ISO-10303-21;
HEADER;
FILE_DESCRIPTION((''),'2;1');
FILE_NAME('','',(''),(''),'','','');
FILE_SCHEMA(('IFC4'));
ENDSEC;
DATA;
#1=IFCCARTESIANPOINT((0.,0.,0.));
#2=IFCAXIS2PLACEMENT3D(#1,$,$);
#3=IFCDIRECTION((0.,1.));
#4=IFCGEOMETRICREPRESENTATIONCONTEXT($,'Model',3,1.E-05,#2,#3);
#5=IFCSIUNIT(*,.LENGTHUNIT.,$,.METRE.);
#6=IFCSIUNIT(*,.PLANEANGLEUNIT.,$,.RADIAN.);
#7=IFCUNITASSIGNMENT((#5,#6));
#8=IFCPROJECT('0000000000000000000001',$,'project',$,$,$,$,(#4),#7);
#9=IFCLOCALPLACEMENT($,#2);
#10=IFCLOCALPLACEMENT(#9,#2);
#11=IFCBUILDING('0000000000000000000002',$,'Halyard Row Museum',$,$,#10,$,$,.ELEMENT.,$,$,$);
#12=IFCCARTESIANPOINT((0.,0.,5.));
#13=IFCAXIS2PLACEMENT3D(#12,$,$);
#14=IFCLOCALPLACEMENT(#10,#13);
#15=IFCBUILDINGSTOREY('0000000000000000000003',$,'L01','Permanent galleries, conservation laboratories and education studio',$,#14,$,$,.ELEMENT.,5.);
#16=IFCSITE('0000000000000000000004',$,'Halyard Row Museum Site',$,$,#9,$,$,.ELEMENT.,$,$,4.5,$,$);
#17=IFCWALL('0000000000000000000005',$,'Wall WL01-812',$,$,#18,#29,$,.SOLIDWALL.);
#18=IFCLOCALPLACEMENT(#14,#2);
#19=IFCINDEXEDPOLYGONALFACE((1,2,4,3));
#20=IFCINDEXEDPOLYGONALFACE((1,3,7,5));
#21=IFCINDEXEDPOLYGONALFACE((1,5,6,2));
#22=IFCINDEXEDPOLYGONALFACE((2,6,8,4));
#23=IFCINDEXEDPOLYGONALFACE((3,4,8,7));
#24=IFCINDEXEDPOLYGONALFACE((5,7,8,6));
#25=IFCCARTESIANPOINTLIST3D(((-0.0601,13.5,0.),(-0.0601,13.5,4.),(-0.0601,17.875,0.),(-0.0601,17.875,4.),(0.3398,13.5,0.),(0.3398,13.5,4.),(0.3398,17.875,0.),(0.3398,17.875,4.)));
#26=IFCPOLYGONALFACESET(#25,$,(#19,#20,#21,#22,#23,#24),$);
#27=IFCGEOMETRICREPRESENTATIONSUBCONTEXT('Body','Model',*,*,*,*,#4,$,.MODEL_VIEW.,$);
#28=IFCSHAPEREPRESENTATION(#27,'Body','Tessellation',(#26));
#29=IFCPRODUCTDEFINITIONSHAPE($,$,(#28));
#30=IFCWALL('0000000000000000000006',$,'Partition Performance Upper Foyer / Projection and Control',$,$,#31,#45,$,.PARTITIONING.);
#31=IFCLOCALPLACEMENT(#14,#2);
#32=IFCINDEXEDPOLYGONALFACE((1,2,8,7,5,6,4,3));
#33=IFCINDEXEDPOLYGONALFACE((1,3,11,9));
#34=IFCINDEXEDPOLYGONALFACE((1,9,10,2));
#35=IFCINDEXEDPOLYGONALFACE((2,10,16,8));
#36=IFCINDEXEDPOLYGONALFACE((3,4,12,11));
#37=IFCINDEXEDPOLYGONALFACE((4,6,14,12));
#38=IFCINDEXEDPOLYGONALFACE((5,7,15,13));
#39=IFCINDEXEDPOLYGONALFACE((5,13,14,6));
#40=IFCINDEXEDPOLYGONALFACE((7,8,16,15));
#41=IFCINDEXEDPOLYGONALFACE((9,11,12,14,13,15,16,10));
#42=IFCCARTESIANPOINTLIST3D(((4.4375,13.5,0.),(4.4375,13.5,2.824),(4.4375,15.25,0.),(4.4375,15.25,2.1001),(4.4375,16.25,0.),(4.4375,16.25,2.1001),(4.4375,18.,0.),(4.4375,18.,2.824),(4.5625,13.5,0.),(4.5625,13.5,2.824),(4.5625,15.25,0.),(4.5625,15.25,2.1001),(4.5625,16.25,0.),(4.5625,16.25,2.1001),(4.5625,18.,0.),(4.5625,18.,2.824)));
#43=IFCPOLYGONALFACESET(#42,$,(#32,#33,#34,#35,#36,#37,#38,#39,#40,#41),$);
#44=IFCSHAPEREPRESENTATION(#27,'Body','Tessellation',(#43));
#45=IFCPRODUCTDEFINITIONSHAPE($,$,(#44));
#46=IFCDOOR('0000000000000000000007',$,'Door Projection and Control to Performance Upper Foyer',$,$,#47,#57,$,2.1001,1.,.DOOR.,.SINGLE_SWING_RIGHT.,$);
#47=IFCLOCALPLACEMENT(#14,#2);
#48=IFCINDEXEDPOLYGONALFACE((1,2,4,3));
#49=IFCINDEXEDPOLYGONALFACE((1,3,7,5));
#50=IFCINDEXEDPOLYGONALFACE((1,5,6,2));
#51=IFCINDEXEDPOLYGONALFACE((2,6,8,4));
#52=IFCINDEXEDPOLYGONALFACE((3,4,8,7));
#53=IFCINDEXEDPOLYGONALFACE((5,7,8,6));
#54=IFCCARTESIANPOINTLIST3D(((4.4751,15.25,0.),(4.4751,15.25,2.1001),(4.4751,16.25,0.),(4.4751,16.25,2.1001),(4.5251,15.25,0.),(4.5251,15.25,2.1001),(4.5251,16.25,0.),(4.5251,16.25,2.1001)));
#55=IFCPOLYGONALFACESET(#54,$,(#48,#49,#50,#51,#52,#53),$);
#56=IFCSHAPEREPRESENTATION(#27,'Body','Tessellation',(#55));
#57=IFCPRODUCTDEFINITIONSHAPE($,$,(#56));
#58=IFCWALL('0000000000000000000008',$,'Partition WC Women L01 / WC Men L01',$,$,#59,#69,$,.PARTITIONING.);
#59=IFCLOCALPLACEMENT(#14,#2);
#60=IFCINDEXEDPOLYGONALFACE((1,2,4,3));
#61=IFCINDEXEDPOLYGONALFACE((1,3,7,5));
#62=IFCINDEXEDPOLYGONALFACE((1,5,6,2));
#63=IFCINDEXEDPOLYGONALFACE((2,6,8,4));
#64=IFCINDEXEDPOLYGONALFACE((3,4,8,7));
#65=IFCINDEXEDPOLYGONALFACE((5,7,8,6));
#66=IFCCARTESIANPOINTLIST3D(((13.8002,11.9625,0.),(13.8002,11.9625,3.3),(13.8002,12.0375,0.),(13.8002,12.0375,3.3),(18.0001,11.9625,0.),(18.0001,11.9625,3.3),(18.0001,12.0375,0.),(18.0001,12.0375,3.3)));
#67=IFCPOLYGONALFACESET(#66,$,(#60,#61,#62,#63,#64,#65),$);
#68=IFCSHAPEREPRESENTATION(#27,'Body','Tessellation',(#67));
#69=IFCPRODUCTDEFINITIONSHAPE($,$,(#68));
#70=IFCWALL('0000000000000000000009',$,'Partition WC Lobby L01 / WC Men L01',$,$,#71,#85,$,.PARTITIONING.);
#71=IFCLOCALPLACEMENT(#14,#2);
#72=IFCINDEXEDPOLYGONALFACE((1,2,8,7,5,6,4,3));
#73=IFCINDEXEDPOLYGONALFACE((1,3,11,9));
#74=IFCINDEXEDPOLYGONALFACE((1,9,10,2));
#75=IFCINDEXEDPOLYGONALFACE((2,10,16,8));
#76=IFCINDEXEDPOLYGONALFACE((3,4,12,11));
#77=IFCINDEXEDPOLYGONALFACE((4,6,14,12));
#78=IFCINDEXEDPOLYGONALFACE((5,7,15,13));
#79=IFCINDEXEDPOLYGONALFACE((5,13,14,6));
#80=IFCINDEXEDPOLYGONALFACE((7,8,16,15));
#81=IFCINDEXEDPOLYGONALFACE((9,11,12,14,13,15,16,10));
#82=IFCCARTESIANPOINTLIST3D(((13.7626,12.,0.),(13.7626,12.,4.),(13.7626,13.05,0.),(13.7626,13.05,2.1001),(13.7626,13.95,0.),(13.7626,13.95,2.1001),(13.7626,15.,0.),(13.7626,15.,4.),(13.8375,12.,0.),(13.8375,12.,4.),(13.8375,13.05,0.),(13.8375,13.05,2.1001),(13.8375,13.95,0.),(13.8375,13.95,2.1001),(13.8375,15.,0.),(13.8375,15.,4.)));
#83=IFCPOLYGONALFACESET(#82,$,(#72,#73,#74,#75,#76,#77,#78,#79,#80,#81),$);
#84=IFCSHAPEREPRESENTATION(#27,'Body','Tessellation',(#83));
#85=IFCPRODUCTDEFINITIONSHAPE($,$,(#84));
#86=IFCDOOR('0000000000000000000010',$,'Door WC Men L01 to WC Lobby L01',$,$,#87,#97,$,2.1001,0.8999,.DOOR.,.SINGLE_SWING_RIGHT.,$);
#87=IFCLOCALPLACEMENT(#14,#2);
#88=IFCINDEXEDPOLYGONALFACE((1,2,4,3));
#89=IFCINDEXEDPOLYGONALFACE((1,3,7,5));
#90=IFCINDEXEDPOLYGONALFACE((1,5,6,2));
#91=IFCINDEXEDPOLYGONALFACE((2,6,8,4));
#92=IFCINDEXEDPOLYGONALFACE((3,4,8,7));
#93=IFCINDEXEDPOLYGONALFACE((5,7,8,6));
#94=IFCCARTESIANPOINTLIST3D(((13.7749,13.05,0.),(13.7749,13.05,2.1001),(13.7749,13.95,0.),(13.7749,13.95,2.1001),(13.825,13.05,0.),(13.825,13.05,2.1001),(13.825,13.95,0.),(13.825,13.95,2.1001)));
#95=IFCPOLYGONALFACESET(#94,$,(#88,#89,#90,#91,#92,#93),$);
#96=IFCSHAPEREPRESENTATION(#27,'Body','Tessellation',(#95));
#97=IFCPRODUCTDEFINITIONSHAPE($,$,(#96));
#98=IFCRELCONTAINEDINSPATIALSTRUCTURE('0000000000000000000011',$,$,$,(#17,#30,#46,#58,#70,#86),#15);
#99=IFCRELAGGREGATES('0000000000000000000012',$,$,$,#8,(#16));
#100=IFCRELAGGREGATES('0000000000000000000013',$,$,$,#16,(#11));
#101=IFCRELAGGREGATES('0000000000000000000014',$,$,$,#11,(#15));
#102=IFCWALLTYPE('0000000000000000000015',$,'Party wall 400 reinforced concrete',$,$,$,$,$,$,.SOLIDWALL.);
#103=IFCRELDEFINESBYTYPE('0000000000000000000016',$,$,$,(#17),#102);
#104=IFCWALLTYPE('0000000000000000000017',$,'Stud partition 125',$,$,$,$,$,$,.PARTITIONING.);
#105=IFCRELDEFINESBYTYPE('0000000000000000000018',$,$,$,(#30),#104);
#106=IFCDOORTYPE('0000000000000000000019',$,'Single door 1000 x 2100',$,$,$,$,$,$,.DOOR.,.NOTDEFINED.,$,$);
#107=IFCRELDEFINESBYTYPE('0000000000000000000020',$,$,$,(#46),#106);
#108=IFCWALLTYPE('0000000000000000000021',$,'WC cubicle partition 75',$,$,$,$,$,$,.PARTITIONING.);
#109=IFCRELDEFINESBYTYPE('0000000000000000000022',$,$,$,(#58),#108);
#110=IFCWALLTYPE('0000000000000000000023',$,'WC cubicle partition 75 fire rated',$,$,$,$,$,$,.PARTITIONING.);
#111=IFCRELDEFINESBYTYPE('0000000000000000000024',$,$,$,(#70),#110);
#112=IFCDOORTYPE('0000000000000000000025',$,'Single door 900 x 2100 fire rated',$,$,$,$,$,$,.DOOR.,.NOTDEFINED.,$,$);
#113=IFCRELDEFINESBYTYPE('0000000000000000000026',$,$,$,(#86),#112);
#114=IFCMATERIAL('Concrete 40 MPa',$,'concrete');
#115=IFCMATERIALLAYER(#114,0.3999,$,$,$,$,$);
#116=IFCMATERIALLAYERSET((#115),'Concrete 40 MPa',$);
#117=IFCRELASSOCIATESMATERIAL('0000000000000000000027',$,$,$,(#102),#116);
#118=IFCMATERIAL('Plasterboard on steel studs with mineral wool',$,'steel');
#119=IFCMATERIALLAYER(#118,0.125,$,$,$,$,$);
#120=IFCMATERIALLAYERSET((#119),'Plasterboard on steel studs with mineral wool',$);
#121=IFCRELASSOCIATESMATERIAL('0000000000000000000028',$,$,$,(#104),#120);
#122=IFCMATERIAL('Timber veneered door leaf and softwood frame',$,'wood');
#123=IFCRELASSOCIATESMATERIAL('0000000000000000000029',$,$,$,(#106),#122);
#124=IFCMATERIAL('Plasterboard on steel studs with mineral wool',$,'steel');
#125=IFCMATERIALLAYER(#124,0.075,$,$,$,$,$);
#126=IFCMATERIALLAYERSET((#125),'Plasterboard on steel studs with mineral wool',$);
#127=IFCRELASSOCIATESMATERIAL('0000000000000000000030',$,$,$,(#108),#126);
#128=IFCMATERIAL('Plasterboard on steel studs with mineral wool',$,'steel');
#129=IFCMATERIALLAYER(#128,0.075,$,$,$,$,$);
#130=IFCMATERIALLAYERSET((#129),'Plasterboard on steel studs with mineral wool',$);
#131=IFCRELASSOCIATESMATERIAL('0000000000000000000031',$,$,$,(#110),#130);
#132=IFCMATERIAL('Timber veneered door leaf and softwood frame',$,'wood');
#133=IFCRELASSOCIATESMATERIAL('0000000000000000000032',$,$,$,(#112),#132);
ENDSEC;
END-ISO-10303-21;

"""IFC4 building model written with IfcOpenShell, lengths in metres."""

from ifc_helpers import new_model, si_unit, direction, frame, frame_2d, origin, place, context, subcontext, project, spatial, rectangle, extrude, material, layer, layer_set, type_object, element, fill, save


model = new_model("IFC4")

# Units and contexts
model_context = context("Model", 3, precision=1e-05, world=origin(), true_north=direction((0.0, 1.0)))
body_context = subcontext(model_context, "Body", "Model", "MODEL_VIEW")
ifc_project = project(units=[si_unit("LENGTHUNIT", "METRE"), si_unit("PLANEANGLEUNIT", "RADIAN")], contexts=[model_context])

# Site, building, storey
site_placement = place(None, origin())
site = spatial("IfcSite", under=ifc_project, at=site_placement, Name="Halyard Row Museum Site", CompositionType="ELEMENT", RefElevation=4.5)
building_placement = place(site_placement, origin())
building = spatial("IfcBuilding", under=site, at=building_placement, Name="Halyard Row Museum", CompositionType="ELEMENT")
storey_placement = place(building_placement, frame((0.0, 0.0, 5.0)))
storey = spatial("IfcBuildingStorey", under=building, at=storey_placement, Name="L01", Description="Permanent galleries, conservation laboratories and education studio", CompositionType="ELEMENT", Elevation=5.0)

# Wall
ifc_material_1 = material(Name="Concrete 40 MPa", Category="concrete")
ifc_layer_1 = layer(ifc_material_1, 0.3999)
ifc_layer_set_1 = layer_set([ifc_layer_1], Name="Concrete 40 MPa")
wall_type_1 = type_object("IfcWallType", Name="Party wall 400 reinforced concrete", PredefinedType="SOLIDWALL", material=ifc_layer_set_1)
wall_1_placement = place(storey_placement, frame((0.1399, 13.5, 0.0), z_axis=(0.0, 0.0, 1.0), x_axis=(0.0, 1.0, 0.0)))
element("IfcWall", 1, at=wall_1_placement, inside=storey, type_object=wall_type_1, Name="Wall WL01-812", PredefinedType="SOLIDWALL", context=body_context, shape_type="SweptSolid", body=[
    extrude(rectangle(XDim=4.375, YDim=0.3999, at=frame_2d((2.1875, 0.0))), origin(), (0.0, 0.0, 1.0), 4.0),
])

# Wall, opening, door
ifc_material_2 = material(Name="Plasterboard on steel studs with mineral wool", Category="steel")
ifc_layer_2 = layer(ifc_material_2, 0.125)
ifc_layer_set_2 = layer_set([ifc_layer_2], Name="Plasterboard on steel studs with mineral wool")
wall_type_2 = type_object("IfcWallType", Name="Stud partition 125", PredefinedType="PARTITIONING", material=ifc_layer_set_2)
wall_2_placement = place(storey_placement, frame((4.5, 13.5, 0.0), z_axis=(0.0, 0.0, 1.0), x_axis=(0.0, 1.0, 0.0)))
wall_2 = element("IfcWall", 2, at=wall_2_placement, inside=storey, type_object=wall_type_2, Name="Partition Performance Upper Foyer / Projection and Control", PredefinedType="PARTITIONING", context=body_context, shape_type="SweptSolid", body=[
    extrude(rectangle(XDim=4.5, YDim=0.125, at=frame_2d((2.25, 0.0))), origin(), (0.0, 0.0, 1.0), 2.824),
])
opening_1_placement = place(wall_2_placement, frame((1.75, 0.0, 0.0)))
opening_1 = element("IfcOpeningElement", 3, at=opening_1_placement, cuts=wall_2, PredefinedType="OPENING", context=body_context, shape_type="SweptSolid", body=[
    extrude(rectangle(XDim=1.0, YDim=2.1001, at=frame_2d((0.5, 1.05))), frame((0.0, 0.0725, 0.0), z_axis=(0.0, -1.0, 0.0), x_axis=(1.0, 0.0, 0.0)), (0.0, 0.0, 1.0), 0.145),
])
ifc_material_3 = material(Name="Timber veneered door leaf and softwood frame", Category="wood")
door_type_1 = type_object("IfcDoorType", Name="Single door 1000 x 2100", OperationType="NOTDEFINED", PredefinedType="DOOR", material=ifc_material_3)
door_1_placement = place(opening_1_placement, origin())
door_1 = element("IfcDoor", 4, at=door_1_placement, inside=storey, type_object=door_type_1, Name="Door Projection and Control to Performance Upper Foyer", OperationType="SINGLE_SWING_RIGHT", OverallHeight=2.1001, OverallWidth=1.0, PredefinedType="DOOR", context=body_context, shape_type="SweptSolid", body=[
    extrude(rectangle(XDim=1.0, YDim=2.1001, at=frame_2d((0.5, 1.05))), frame((0.0, 0.0249, 0.0), z_axis=(0.0, -1.0, 0.0), x_axis=(1.0, 0.0, 0.0)), (0.0, 0.0, 1.0), 0.05),
])
fill(opening_1, door_1)

# Wall
ifc_material_4 = material(Name="Plasterboard on steel studs with mineral wool", Category="steel")
ifc_layer_3 = layer(ifc_material_4, 0.075)
ifc_layer_set_3 = layer_set([ifc_layer_3], Name="Plasterboard on steel studs with mineral wool")
wall_type_3 = type_object("IfcWallType", Name="WC cubicle partition 75", PredefinedType="PARTITIONING", material=ifc_layer_set_3)
wall_3_placement = place(storey_placement, frame((13.8, 12.0, 0.0), z_axis=(0.0, 0.0, 1.0), x_axis=(1.0, 0.0, 0.0)))
element("IfcWall", 5, at=wall_3_placement, inside=storey, type_object=wall_type_3, Name="Partition WC Women L01 / WC Men L01", PredefinedType="PARTITIONING", context=body_context, shape_type="SweptSolid", body=[
    extrude(rectangle(XDim=4.2, YDim=0.075, at=frame_2d((2.1001, 0.0))), origin(), (0.0, 0.0, 1.0), 3.3),
])

# Wall, opening, door
ifc_material_5 = material(Name="Plasterboard on steel studs with mineral wool", Category="steel")
ifc_layer_4 = layer(ifc_material_5, 0.075)
ifc_layer_set_4 = layer_set([ifc_layer_4], Name="Plasterboard on steel studs with mineral wool")
wall_type_4 = type_object("IfcWallType", Name="WC cubicle partition 75 fire rated", PredefinedType="PARTITIONING", material=ifc_layer_set_4)
wall_4_placement = place(storey_placement, frame((13.8, 12.0, 0.0), z_axis=(0.0, 0.0, 1.0), x_axis=(0.0, 1.0, 0.0)))
wall_4 = element("IfcWall", 6, at=wall_4_placement, inside=storey, type_object=wall_type_4, Name="Partition WC Lobby L01 / WC Men L01", PredefinedType="PARTITIONING", context=body_context, shape_type="SweptSolid", body=[
    extrude(rectangle(XDim=3.0, YDim=0.075, at=frame_2d((1.5, 0.0))), origin(), (0.0, 0.0, 1.0), 4.0),
])
opening_2_placement = place(wall_4_placement, frame((1.05, 0.0, 0.0)))
opening_2 = element("IfcOpeningElement", 7, at=opening_2_placement, cuts=wall_4, PredefinedType="OPENING", context=body_context, shape_type="SweptSolid", body=[
    extrude(rectangle(XDim=0.8999, YDim=2.1001, at=frame_2d((0.45, 1.05))), frame((0.0, 0.0474, 0.0), z_axis=(0.0, -1.0, 0.0), x_axis=(1.0, 0.0, 0.0)), (0.0, 0.0, 1.0), 0.095),
])
ifc_material_6 = material(Name="Timber veneered door leaf and softwood frame", Category="wood")
door_type_2 = type_object("IfcDoorType", Name="Single door 900 x 2100 fire rated", OperationType="NOTDEFINED", PredefinedType="DOOR", material=ifc_material_6)
door_2_placement = place(opening_2_placement, frame((0.8999, 0.0, 0.0), z_axis=(0.0, 0.0, 1.0), x_axis=(-1.0, 0.0, 0.0)))
door_2 = element("IfcDoor", 8, at=door_2_placement, inside=storey, type_object=door_type_2, Name="Door WC Men L01 to WC Lobby L01", OperationType="SINGLE_SWING_RIGHT", OverallHeight=2.1001, OverallWidth=0.8999, PredefinedType="DOOR", context=body_context, shape_type="SweptSolid", body=[
    extrude(rectangle(XDim=0.8999, YDim=2.1001, at=frame_2d((0.45, 1.05))), frame((0.0, 0.0249, 0.0), z_axis=(0.0, -1.0, 0.0), x_axis=(1.0, 0.0, 0.0)), (0.0, 0.0, 1.0), 0.05),
])
fill(opening_2, door_2)

save(model, "model.ifc")
